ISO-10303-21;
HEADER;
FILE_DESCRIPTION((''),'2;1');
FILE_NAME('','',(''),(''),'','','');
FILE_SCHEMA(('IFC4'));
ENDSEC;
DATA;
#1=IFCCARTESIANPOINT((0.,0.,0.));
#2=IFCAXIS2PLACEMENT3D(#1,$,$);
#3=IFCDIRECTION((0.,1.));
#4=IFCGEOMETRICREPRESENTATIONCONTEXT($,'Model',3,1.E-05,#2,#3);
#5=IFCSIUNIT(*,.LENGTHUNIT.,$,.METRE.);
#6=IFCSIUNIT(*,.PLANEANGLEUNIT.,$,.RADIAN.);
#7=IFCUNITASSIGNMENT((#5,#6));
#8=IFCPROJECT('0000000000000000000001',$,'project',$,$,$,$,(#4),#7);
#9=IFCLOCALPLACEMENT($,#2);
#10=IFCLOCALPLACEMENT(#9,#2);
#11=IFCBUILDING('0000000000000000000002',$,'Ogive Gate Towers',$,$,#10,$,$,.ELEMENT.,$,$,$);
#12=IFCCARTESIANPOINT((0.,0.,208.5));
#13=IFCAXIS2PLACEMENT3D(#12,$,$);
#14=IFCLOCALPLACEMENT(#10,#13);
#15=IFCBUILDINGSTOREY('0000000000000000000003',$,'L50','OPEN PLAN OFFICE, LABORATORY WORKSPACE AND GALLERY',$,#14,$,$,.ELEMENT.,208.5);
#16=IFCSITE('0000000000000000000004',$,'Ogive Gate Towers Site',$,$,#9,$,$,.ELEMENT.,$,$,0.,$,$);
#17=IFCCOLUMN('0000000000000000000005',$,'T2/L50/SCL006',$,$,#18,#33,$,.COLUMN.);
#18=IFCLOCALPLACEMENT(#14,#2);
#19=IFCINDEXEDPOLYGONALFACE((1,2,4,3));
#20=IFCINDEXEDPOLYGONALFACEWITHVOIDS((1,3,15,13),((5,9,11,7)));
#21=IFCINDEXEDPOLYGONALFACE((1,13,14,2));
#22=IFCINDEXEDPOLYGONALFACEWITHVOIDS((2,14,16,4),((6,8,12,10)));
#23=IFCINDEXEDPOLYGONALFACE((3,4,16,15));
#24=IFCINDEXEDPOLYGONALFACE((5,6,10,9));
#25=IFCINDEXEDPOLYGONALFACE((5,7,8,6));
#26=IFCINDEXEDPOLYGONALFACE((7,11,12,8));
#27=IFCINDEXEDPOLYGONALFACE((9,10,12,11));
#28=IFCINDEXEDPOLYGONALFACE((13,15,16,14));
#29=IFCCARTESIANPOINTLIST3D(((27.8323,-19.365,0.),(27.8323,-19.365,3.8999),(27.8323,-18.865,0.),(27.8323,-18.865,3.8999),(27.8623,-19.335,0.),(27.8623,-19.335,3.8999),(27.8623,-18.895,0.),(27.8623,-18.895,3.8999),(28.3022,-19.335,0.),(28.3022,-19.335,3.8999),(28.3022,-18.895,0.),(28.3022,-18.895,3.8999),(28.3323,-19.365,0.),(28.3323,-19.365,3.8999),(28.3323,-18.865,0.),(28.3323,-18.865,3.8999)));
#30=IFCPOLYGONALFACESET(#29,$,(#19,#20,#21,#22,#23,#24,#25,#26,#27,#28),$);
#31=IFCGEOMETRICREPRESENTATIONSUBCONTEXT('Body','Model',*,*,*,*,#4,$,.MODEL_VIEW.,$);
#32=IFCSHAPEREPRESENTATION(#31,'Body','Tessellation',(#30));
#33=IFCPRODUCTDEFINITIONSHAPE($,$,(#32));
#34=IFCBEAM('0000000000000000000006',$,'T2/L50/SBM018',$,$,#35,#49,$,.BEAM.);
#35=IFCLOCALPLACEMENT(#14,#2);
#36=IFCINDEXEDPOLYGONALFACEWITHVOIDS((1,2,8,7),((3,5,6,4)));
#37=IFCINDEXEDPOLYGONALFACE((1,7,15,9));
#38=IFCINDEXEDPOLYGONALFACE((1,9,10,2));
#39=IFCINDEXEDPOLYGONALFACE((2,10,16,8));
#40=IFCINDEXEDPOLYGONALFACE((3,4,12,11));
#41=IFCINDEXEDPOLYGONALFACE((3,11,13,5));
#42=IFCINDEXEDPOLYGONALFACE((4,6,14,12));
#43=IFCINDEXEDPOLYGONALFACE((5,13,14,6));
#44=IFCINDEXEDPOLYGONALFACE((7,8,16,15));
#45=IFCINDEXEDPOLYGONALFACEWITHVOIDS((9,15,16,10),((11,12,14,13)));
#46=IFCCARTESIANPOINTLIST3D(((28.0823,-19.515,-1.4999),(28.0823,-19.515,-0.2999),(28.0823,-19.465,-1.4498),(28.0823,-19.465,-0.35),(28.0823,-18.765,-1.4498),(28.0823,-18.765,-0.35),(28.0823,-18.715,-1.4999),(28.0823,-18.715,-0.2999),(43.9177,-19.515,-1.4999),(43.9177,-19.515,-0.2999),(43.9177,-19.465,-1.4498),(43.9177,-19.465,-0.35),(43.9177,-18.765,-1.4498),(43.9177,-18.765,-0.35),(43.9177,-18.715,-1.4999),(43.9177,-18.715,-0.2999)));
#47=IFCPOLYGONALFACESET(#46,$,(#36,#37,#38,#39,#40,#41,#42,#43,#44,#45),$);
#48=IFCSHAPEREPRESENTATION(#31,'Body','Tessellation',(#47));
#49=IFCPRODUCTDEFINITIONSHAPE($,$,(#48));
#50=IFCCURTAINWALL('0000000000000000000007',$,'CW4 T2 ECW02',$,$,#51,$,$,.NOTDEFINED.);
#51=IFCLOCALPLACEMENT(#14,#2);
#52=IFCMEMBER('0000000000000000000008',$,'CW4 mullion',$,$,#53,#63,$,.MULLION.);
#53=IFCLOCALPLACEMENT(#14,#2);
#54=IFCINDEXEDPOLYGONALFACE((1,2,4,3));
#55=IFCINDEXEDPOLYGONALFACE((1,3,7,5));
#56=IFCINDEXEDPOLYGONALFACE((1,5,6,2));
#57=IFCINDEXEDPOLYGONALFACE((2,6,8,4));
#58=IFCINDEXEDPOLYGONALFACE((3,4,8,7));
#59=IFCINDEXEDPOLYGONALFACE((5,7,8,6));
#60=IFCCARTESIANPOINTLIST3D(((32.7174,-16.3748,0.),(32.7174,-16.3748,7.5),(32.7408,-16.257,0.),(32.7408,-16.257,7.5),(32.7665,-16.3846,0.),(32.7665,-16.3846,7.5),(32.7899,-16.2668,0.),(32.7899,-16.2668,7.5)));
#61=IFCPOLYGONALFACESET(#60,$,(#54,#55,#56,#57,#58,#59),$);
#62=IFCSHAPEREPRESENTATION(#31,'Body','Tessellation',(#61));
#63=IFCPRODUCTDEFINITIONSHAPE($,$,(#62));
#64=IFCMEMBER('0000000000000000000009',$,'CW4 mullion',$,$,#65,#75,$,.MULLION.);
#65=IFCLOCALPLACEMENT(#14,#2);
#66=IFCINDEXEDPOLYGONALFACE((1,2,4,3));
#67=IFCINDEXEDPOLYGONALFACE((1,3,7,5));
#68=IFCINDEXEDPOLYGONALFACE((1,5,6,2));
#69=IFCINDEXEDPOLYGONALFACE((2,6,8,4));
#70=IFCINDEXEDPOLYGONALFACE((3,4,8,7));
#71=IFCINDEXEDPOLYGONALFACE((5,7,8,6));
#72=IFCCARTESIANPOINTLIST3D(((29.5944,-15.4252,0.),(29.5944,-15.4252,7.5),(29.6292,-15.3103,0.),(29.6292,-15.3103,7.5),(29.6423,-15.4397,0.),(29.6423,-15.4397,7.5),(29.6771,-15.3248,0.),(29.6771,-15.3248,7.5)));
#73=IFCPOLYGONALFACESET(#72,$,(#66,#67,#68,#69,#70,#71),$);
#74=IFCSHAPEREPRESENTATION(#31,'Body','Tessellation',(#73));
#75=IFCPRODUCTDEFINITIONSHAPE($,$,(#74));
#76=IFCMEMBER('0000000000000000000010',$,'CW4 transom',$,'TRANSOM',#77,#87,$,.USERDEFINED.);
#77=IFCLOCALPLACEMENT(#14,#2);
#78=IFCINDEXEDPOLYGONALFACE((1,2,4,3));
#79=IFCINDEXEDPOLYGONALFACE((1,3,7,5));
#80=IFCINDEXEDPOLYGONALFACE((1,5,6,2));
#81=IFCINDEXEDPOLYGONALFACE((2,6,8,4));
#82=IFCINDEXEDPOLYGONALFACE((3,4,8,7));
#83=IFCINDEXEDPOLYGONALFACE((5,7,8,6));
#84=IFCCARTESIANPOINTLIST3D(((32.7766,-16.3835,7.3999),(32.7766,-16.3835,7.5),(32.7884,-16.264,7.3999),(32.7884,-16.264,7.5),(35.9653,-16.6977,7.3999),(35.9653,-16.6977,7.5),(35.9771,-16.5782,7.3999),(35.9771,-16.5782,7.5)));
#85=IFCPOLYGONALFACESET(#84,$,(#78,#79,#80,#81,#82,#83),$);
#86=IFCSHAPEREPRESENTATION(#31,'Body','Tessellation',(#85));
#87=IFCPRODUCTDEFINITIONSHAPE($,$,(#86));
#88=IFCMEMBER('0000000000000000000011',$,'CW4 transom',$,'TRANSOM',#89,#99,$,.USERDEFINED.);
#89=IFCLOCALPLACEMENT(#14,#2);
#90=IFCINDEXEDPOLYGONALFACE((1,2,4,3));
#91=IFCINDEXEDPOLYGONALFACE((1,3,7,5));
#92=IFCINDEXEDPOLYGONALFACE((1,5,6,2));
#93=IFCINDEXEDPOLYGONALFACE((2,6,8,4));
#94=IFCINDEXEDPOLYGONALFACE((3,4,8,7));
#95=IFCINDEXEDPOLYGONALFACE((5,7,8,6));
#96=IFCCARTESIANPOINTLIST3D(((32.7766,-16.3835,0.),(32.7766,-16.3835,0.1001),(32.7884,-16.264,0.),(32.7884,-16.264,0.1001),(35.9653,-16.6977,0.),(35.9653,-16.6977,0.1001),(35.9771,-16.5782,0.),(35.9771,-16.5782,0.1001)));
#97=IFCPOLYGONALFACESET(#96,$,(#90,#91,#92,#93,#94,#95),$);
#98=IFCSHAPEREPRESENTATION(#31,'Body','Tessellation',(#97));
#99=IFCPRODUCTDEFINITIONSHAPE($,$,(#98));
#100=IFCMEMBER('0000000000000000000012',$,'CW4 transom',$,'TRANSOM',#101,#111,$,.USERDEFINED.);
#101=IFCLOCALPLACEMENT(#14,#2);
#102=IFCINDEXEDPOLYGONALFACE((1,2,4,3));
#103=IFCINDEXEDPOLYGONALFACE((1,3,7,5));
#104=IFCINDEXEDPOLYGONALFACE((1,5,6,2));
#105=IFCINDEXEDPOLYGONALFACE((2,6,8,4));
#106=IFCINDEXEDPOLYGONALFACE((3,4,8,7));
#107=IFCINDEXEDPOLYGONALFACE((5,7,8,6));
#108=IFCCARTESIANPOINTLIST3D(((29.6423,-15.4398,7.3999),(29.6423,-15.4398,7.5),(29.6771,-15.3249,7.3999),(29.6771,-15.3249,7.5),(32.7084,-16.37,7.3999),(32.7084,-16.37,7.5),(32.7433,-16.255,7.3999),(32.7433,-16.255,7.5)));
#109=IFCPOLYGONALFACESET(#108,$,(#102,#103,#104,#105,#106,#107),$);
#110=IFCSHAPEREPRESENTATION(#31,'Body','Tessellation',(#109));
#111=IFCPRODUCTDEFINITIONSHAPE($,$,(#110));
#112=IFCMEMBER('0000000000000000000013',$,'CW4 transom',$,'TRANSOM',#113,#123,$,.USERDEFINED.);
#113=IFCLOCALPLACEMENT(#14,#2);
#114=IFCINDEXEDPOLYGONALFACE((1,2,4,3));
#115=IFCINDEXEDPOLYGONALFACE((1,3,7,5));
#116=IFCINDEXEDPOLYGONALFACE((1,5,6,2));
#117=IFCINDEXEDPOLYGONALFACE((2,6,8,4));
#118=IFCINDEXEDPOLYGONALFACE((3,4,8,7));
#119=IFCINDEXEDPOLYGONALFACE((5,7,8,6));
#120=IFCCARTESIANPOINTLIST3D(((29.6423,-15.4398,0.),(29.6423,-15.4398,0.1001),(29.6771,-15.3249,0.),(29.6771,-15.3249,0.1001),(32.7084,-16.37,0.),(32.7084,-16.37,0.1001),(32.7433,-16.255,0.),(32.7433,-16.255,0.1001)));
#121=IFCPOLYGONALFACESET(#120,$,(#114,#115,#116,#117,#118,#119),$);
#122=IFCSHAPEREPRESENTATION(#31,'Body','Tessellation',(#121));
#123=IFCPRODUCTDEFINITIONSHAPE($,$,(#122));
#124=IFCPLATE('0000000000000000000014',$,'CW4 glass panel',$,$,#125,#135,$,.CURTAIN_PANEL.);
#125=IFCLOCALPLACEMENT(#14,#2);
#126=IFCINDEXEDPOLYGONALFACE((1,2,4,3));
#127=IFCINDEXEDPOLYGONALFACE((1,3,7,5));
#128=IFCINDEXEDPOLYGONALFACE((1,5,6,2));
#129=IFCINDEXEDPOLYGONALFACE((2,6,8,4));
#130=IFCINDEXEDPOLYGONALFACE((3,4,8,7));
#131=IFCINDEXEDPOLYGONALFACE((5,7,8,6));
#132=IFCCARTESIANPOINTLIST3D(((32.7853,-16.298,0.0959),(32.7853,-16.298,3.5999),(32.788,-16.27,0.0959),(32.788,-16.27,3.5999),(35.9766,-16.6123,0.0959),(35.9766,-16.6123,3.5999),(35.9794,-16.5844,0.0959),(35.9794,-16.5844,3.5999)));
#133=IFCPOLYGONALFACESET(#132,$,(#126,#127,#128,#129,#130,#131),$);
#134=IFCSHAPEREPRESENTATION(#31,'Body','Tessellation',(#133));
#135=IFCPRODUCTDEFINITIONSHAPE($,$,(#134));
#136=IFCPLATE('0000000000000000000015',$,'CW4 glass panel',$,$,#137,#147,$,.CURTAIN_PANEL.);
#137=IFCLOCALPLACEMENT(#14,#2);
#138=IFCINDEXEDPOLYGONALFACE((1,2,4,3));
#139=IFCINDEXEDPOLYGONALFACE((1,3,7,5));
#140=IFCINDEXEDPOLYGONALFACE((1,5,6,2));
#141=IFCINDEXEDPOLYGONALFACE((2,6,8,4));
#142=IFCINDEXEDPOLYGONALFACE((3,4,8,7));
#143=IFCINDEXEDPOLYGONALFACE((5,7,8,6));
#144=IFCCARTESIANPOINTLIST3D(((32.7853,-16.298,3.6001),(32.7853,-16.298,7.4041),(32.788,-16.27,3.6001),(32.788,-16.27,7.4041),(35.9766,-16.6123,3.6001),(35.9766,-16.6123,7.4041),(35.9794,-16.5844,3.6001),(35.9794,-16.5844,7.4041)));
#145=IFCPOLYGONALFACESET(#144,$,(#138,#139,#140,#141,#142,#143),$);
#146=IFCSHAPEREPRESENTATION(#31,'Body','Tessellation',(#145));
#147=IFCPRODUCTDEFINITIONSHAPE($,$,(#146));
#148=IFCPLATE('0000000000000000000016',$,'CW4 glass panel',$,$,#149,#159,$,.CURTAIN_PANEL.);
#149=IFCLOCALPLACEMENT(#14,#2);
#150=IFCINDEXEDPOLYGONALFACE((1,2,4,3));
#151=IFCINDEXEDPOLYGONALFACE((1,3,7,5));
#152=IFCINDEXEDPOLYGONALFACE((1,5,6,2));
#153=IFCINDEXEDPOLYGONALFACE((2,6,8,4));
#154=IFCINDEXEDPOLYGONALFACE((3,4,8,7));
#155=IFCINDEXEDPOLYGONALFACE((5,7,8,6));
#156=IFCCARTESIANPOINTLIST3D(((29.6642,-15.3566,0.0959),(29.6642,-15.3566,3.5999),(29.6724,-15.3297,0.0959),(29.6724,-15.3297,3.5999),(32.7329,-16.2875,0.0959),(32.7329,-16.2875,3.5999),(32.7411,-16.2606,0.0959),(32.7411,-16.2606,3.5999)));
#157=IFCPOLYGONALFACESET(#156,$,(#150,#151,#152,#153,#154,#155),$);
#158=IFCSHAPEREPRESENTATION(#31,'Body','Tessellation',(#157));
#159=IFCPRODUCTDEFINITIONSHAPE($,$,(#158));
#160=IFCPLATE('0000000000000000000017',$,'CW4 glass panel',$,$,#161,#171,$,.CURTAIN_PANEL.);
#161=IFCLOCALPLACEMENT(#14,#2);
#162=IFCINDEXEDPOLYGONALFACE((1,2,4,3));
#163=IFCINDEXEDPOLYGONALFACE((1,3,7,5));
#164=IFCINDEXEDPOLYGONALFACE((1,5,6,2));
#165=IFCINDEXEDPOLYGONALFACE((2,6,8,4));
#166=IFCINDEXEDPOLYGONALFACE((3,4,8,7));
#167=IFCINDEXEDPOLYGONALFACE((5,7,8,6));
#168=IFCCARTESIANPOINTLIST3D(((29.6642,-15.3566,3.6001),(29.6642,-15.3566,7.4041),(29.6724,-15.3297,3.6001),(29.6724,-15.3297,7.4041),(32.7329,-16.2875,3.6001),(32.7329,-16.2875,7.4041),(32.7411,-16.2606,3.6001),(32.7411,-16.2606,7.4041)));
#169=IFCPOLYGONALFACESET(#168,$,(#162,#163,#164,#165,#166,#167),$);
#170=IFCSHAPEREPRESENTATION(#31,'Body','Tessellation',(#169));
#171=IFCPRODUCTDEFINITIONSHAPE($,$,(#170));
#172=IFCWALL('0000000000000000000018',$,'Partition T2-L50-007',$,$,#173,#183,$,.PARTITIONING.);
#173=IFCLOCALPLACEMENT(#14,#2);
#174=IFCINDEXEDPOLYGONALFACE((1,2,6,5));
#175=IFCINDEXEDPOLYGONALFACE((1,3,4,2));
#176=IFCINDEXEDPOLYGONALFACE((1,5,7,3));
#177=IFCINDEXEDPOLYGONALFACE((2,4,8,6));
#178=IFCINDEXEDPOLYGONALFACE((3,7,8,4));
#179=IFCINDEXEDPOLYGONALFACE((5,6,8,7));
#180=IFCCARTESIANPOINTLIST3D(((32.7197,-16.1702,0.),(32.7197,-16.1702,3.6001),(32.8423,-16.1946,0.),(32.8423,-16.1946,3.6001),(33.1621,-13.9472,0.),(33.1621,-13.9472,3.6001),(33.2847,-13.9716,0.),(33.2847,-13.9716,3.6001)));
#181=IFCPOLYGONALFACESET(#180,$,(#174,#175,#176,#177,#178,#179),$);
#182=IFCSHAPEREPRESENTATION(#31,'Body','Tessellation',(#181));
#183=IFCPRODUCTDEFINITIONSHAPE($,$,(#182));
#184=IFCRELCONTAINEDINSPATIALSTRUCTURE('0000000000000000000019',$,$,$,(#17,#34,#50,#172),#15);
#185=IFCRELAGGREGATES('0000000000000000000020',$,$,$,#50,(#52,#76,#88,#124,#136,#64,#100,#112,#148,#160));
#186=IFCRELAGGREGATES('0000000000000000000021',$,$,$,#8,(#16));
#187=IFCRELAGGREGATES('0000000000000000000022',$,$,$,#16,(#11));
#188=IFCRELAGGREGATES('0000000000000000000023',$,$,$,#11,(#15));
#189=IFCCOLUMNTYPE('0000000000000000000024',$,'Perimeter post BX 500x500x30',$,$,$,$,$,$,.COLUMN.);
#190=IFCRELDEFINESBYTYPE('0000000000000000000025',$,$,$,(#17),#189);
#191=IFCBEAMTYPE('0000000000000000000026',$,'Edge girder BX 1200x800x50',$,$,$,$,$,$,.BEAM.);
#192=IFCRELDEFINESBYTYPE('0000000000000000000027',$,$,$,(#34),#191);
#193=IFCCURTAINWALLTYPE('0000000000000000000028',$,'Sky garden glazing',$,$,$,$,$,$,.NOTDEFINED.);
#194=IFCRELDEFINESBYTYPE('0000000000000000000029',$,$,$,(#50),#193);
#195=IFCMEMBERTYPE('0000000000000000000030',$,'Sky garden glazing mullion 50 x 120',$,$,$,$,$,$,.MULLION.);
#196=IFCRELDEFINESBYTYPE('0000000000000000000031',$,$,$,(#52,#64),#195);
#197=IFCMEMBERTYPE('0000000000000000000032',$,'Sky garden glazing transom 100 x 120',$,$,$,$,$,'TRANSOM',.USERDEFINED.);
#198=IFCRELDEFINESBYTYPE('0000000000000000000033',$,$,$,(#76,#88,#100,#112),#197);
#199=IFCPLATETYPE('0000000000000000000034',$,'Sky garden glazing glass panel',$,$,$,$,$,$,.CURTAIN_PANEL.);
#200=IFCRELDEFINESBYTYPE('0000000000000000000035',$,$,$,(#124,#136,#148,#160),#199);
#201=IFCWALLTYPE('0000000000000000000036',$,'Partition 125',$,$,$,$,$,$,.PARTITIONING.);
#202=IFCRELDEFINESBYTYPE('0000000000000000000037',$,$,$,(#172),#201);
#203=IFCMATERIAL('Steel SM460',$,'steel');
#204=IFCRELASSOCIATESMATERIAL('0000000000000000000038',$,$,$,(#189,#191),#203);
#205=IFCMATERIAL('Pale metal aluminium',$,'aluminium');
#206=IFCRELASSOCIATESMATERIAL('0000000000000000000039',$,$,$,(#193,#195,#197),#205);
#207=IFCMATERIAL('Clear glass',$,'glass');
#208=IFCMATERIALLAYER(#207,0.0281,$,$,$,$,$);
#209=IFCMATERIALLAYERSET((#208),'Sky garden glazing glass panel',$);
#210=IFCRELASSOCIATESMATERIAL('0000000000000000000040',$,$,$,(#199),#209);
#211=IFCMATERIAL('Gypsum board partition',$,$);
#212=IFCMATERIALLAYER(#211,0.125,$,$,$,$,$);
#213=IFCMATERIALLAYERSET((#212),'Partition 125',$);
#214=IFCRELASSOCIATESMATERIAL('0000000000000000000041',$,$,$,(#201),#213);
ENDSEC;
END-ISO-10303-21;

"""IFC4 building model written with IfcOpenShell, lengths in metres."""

from ifc_helpers import new_model, si_unit, direction, frame, frame_2d, origin, origin_2d, place, context, subcontext, project, spatial, rectangle, hollow_rectangle, extrude, material, layer, layer_set, material_profile, profile_set, type_object, element, aggregate, save


model = new_model("IFC4")

# Units and contexts
model_context = context("Model", 3, precision=1e-05, world=origin(), true_north=direction((0.0, 1.0)))
body_context = subcontext(model_context, "Body", "Model", "MODEL_VIEW")
ifc_project = project(units=[si_unit("LENGTHUNIT", "METRE"), si_unit("PLANEANGLEUNIT", "RADIAN")], contexts=[model_context])

# Site, building, storey
site_placement = place(None, origin())
site = spatial("IfcSite", under=ifc_project, at=site_placement, Name="Ogive Gate Towers Site", CompositionType="ELEMENT", RefElevation=0.0)
building_placement = place(site_placement, origin())
building = spatial("IfcBuilding", under=site, at=building_placement, Name="Ogive Gate Towers", CompositionType="ELEMENT")
storey_placement = place(building_placement, frame((0.0, 0.0, 208.5)))
storey = spatial("IfcBuildingStorey", under=building, at=storey_placement, Name="L50", Description="OPEN PLAN OFFICE, LABORATORY WORKSPACE AND GALLERY", CompositionType="ELEMENT", Elevation=208.5)

# Column
ifc_material_1 = material(Name="Steel SM460", Category="steel")
ifc_material_profile_1 = material_profile(ifc_material_1, hollow_rectangle(XDim=0.5, YDim=0.5, WallThickness=0.03, at=origin_2d()), Name="BX 500x500x30")
ifc_profile_set_1 = profile_set([ifc_material_profile_1], Name="Steel SM460")
column_type = type_object("IfcColumnType", Name="Perimeter post BX 500x500x30", PredefinedType="COLUMN", material=ifc_profile_set_1)
column_placement = place(storey_placement, frame((28.0823, -19.115, 0.0), z_axis=(0.0, 0.0, 1.0), x_axis=(1.0, 0.0, 0.0)))
element("IfcColumn", 1, at=column_placement, inside=storey, type_object=column_type, Name="T2/L50/SCL006", PredefinedType="COLUMN", context=body_context, shape_type="SweptSolid", body=[
    extrude(hollow_rectangle(XDim=0.5, YDim=0.5, WallThickness=0.03, at=origin_2d()), origin(), (0.0, 0.0, 1.0), 3.8999),
])

# Beam
ifc_material_profile_2 = material_profile(ifc_material_1, hollow_rectangle(XDim=0.8, YDim=1.2, WallThickness=0.05, at=origin_2d()), Name="BX 1200x800x50")
ifc_profile_set_2 = profile_set([ifc_material_profile_2], Name="Steel SM460")
beam_type = type_object("IfcBeamType", Name="Edge girder BX 1200x800x50", PredefinedType="BEAM", material=ifc_profile_set_2)
beam_placement = place(storey_placement, frame((28.0823, -19.115, -0.8999), z_axis=(1.0, 0.0, 0.0), x_axis=(0.0, 1.0, 0.0)))
element("IfcBeam", 2, at=beam_placement, inside=storey, type_object=beam_type, Name="T2/L50/SBM018", PredefinedType="BEAM", context=body_context, shape_type="SweptSolid", body=[
    extrude(hollow_rectangle(XDim=0.8, YDim=1.2, WallThickness=0.05, at=origin_2d()), origin(), (0.0, 0.0, 1.0), 15.8354),
])

# Curtain wall, members, plates
ifc_material_2 = material(Name="Pale metal aluminium", Category="aluminium")
curtain_wall_type = type_object("IfcCurtainWallType", Name="Sky garden glazing", PredefinedType="NOTDEFINED", material=ifc_material_2)
curtain_wall_placement = place(storey_placement, origin())
curtain_wall = element("IfcCurtainWall", 3, at=curtain_wall_placement, inside=storey, type_object=curtain_wall_type, Name="CW4 T2 ECW02", PredefinedType="NOTDEFINED")
ifc_material_profile_3 = material_profile(ifc_material_2, rectangle(XDim=0.1201, YDim=0.05, at=origin_2d()), Name="50 x 120 aluminium box")
ifc_profile_set_3 = profile_set([ifc_material_profile_3], Name="Pale metal aluminium")
member_type_1 = type_object("IfcMemberType", Name="Sky garden glazing mullion 50 x 120", PredefinedType="MULLION", material=ifc_profile_set_3)
member_1_placement = place(storey_placement, frame((32.7537, -16.3208, 0.0), z_axis=(0.0, 0.0, 1.0), x_axis=(0.195107, 0.980782, 0.0)))
member_1 = element("IfcMember", 4, at=member_1_placement, type_object=member_type_1, Name="CW4 mullion", PredefinedType="MULLION", context=body_context, shape_type="SweptSolid", body=[
    extrude(rectangle(XDim=0.1201, YDim=0.05, at=origin_2d()), origin(), (0.0, 0.0, 1.0), 7.5),
])
member_2_placement = place(storey_placement, frame((29.6357, -15.375, 0.0), z_axis=(0.0, 0.0, 1.0), x_axis=(0.290301, 0.956935, 0.0)))
member_2 = element("IfcMember", 5, at=member_2_placement, type_object=member_type_1, Name="CW4 mullion", PredefinedType="MULLION", context=body_context, shape_type="SweptSolid", body=[
    extrude(rectangle(XDim=0.1201, YDim=0.05, at=origin_2d()), origin(), (0.0, 0.0, 1.0), 7.5),
])
ifc_material_profile_4 = material_profile(ifc_material_2, rectangle(XDim=0.1201, YDim=0.1001, at=origin_2d()), Name="100 x 120 aluminium box")
ifc_profile_set_4 = profile_set([ifc_material_profile_4], Name="Pale metal aluminium")
member_type_2 = type_object("IfcMemberType", Name="Sky garden glazing transom 100 x 120", ElementType="TRANSOM", PredefinedType="USERDEFINED", material=ifc_profile_set_4)
member_3_placement = place(storey_placement, frame((35.9712, -16.6379, 7.45), z_axis=(-0.99518, 0.098063, 0.0), x_axis=(-0.098063, -0.99518, 0.0)))
member_3 = element("IfcMember", 6, at=member_3_placement, type_object=member_type_2, Name="CW4 transom", ObjectType="TRANSOM", PredefinedType="USERDEFINED", context=body_context, shape_type="SweptSolid", body=[
    extrude(rectangle(XDim=0.1201, YDim=0.1001, at=origin_2d()), origin(), (0.0, 0.0, 1.0), 3.2041),
])
member_4_placement = place(storey_placement, frame((35.9712, -16.6379, 0.05), z_axis=(-0.99518, 0.098063, 0.0), x_axis=(-0.098063, -0.99518, 0.0)))
member_4 = element("IfcMember", 7, at=member_4_placement, type_object=member_type_2, Name="CW4 transom", ObjectType="TRANSOM", PredefinedType="USERDEFINED", context=body_context, shape_type="SweptSolid", body=[
    extrude(rectangle(XDim=0.1201, YDim=0.1001, at=origin_2d()), origin(), (0.0, 0.0, 1.0), 3.2041),
])
member_5_placement = place(storey_placement, frame((32.7258, -16.3125, 7.45), z_axis=(-0.956935, 0.290303, 0.0), x_axis=(-0.290303, -0.956935, 0.0)))
member_5 = element("IfcMember", 8, at=member_5_placement, type_object=member_type_2, Name="CW4 transom", ObjectType="TRANSOM", PredefinedType="USERDEFINED", context=body_context, shape_type="SweptSolid", body=[
    extrude(rectangle(XDim=0.1201, YDim=0.1001, at=origin_2d()), origin(), (0.0, 0.0, 1.0), 3.2041),
])
member_6_placement = place(storey_placement, frame((32.7258, -16.3125, 0.05), z_axis=(-0.956935, 0.290303, 0.0), x_axis=(-0.290303, -0.956935, 0.0)))
member_6 = element("IfcMember", 9, at=member_6_placement, type_object=member_type_2, Name="CW4 transom", ObjectType="TRANSOM", PredefinedType="USERDEFINED", context=body_context, shape_type="SweptSolid", body=[
    extrude(rectangle(XDim=0.1201, YDim=0.1001, at=origin_2d()), origin(), (0.0, 0.0, 1.0), 3.2041),
])
ifc_material_3 = material(Name="Clear glass", Category="glass")
ifc_layer_1 = layer(ifc_material_3, 0.0281)
ifc_layer_set_1 = layer_set([ifc_layer_1], Name="Sky garden glazing glass panel")
plate_type = type_object("IfcPlateType", Name="Sky garden glazing glass panel", PredefinedType="CURTAIN_PANEL", material=ifc_layer_set_1)
plate_1_placement = place(storey_placement, frame((34.3823, -16.4412, 0.0959), z_axis=(0.0, 0.0, 1.0), x_axis=(-0.995185, 0.098017, 0.0)))
plate_1 = element("IfcPlate", 10, at=plate_1_placement, type_object=plate_type, Name="CW4 glass panel", PredefinedType="CURTAIN_PANEL", context=body_context, shape_type="SweptSolid", body=[
    extrude(rectangle(XDim=3.2068, YDim=0.0281, at=origin_2d()), origin(), (0.0, 0.0, 1.0), 3.5039),
])
plate_2_placement = place(storey_placement, frame((34.3823, -16.4412, 3.6001), z_axis=(0.0, 0.0, 1.0), x_axis=(-0.995185, 0.098017, 0.0)))
plate_2 = element("IfcPlate", 11, at=plate_2_placement, type_object=plate_type, Name="CW4 glass panel", PredefinedType="CURTAIN_PANEL", context=body_context, shape_type="SweptSolid", body=[
    extrude(rectangle(XDim=3.2068, YDim=0.0281, at=origin_2d()), origin(), (0.0, 0.0, 1.0), 3.804),
])
plate_3_placement = place(storey_placement, frame((31.2026, -15.8086, 0.0959), z_axis=(0.0, 0.0, 1.0), x_axis=(-0.956935, 0.290301, 0.0)))
plate_3 = element("IfcPlate", 12, at=plate_3_placement, type_object=plate_type, Name="CW4 glass panel", PredefinedType="CURTAIN_PANEL", context=body_context, shape_type="SweptSolid", body=[
    extrude(rectangle(XDim=3.2068, YDim=0.0281, at=origin_2d()), origin(), (0.0, 0.0, 1.0), 3.5039),
])
plate_4_placement = place(storey_placement, frame((31.2026, -15.8086, 3.6001), z_axis=(0.0, 0.0, 1.0), x_axis=(-0.956935, 0.290301, 0.0)))
plate_4 = element("IfcPlate", 13, at=plate_4_placement, type_object=plate_type, Name="CW4 glass panel", PredefinedType="CURTAIN_PANEL", context=body_context, shape_type="SweptSolid", body=[
    extrude(rectangle(XDim=3.2068, YDim=0.0281, at=origin_2d()), origin(), (0.0, 0.0, 1.0), 3.804),
])
aggregate(curtain_wall, [member_1, member_3, member_4, plate_1, plate_2, member_2, member_5, member_6, plate_3, plate_4])

# Wall
ifc_material_4 = material(Name="Gypsum board partition")
ifc_layer_2 = layer(ifc_material_4, 0.125)
ifc_layer_set_2 = layer_set([ifc_layer_2], Name="Partition 125")
wall_type = type_object("IfcWallType", Name="Partition 125", PredefinedType="PARTITIONING", material=ifc_layer_set_2)
wall_placement = place(storey_placement, frame((32.781, -16.1824, 0.0), z_axis=(0.0, 0.0, 1.0), x_axis=(0.195184, 0.980767, 0.0)))
element("IfcWall", 14, at=wall_placement, inside=storey, type_object=wall_type, Name="Partition T2-L50-007", PredefinedType="PARTITIONING", context=body_context, shape_type="SweptSolid", body=[
    extrude(rectangle(XDim=2.2666, YDim=0.125, at=frame_2d((1.1333, 0.0))), origin(), (0.0, 0.0, 1.0), 3.6001),
])

save(model, "model.ifc")
